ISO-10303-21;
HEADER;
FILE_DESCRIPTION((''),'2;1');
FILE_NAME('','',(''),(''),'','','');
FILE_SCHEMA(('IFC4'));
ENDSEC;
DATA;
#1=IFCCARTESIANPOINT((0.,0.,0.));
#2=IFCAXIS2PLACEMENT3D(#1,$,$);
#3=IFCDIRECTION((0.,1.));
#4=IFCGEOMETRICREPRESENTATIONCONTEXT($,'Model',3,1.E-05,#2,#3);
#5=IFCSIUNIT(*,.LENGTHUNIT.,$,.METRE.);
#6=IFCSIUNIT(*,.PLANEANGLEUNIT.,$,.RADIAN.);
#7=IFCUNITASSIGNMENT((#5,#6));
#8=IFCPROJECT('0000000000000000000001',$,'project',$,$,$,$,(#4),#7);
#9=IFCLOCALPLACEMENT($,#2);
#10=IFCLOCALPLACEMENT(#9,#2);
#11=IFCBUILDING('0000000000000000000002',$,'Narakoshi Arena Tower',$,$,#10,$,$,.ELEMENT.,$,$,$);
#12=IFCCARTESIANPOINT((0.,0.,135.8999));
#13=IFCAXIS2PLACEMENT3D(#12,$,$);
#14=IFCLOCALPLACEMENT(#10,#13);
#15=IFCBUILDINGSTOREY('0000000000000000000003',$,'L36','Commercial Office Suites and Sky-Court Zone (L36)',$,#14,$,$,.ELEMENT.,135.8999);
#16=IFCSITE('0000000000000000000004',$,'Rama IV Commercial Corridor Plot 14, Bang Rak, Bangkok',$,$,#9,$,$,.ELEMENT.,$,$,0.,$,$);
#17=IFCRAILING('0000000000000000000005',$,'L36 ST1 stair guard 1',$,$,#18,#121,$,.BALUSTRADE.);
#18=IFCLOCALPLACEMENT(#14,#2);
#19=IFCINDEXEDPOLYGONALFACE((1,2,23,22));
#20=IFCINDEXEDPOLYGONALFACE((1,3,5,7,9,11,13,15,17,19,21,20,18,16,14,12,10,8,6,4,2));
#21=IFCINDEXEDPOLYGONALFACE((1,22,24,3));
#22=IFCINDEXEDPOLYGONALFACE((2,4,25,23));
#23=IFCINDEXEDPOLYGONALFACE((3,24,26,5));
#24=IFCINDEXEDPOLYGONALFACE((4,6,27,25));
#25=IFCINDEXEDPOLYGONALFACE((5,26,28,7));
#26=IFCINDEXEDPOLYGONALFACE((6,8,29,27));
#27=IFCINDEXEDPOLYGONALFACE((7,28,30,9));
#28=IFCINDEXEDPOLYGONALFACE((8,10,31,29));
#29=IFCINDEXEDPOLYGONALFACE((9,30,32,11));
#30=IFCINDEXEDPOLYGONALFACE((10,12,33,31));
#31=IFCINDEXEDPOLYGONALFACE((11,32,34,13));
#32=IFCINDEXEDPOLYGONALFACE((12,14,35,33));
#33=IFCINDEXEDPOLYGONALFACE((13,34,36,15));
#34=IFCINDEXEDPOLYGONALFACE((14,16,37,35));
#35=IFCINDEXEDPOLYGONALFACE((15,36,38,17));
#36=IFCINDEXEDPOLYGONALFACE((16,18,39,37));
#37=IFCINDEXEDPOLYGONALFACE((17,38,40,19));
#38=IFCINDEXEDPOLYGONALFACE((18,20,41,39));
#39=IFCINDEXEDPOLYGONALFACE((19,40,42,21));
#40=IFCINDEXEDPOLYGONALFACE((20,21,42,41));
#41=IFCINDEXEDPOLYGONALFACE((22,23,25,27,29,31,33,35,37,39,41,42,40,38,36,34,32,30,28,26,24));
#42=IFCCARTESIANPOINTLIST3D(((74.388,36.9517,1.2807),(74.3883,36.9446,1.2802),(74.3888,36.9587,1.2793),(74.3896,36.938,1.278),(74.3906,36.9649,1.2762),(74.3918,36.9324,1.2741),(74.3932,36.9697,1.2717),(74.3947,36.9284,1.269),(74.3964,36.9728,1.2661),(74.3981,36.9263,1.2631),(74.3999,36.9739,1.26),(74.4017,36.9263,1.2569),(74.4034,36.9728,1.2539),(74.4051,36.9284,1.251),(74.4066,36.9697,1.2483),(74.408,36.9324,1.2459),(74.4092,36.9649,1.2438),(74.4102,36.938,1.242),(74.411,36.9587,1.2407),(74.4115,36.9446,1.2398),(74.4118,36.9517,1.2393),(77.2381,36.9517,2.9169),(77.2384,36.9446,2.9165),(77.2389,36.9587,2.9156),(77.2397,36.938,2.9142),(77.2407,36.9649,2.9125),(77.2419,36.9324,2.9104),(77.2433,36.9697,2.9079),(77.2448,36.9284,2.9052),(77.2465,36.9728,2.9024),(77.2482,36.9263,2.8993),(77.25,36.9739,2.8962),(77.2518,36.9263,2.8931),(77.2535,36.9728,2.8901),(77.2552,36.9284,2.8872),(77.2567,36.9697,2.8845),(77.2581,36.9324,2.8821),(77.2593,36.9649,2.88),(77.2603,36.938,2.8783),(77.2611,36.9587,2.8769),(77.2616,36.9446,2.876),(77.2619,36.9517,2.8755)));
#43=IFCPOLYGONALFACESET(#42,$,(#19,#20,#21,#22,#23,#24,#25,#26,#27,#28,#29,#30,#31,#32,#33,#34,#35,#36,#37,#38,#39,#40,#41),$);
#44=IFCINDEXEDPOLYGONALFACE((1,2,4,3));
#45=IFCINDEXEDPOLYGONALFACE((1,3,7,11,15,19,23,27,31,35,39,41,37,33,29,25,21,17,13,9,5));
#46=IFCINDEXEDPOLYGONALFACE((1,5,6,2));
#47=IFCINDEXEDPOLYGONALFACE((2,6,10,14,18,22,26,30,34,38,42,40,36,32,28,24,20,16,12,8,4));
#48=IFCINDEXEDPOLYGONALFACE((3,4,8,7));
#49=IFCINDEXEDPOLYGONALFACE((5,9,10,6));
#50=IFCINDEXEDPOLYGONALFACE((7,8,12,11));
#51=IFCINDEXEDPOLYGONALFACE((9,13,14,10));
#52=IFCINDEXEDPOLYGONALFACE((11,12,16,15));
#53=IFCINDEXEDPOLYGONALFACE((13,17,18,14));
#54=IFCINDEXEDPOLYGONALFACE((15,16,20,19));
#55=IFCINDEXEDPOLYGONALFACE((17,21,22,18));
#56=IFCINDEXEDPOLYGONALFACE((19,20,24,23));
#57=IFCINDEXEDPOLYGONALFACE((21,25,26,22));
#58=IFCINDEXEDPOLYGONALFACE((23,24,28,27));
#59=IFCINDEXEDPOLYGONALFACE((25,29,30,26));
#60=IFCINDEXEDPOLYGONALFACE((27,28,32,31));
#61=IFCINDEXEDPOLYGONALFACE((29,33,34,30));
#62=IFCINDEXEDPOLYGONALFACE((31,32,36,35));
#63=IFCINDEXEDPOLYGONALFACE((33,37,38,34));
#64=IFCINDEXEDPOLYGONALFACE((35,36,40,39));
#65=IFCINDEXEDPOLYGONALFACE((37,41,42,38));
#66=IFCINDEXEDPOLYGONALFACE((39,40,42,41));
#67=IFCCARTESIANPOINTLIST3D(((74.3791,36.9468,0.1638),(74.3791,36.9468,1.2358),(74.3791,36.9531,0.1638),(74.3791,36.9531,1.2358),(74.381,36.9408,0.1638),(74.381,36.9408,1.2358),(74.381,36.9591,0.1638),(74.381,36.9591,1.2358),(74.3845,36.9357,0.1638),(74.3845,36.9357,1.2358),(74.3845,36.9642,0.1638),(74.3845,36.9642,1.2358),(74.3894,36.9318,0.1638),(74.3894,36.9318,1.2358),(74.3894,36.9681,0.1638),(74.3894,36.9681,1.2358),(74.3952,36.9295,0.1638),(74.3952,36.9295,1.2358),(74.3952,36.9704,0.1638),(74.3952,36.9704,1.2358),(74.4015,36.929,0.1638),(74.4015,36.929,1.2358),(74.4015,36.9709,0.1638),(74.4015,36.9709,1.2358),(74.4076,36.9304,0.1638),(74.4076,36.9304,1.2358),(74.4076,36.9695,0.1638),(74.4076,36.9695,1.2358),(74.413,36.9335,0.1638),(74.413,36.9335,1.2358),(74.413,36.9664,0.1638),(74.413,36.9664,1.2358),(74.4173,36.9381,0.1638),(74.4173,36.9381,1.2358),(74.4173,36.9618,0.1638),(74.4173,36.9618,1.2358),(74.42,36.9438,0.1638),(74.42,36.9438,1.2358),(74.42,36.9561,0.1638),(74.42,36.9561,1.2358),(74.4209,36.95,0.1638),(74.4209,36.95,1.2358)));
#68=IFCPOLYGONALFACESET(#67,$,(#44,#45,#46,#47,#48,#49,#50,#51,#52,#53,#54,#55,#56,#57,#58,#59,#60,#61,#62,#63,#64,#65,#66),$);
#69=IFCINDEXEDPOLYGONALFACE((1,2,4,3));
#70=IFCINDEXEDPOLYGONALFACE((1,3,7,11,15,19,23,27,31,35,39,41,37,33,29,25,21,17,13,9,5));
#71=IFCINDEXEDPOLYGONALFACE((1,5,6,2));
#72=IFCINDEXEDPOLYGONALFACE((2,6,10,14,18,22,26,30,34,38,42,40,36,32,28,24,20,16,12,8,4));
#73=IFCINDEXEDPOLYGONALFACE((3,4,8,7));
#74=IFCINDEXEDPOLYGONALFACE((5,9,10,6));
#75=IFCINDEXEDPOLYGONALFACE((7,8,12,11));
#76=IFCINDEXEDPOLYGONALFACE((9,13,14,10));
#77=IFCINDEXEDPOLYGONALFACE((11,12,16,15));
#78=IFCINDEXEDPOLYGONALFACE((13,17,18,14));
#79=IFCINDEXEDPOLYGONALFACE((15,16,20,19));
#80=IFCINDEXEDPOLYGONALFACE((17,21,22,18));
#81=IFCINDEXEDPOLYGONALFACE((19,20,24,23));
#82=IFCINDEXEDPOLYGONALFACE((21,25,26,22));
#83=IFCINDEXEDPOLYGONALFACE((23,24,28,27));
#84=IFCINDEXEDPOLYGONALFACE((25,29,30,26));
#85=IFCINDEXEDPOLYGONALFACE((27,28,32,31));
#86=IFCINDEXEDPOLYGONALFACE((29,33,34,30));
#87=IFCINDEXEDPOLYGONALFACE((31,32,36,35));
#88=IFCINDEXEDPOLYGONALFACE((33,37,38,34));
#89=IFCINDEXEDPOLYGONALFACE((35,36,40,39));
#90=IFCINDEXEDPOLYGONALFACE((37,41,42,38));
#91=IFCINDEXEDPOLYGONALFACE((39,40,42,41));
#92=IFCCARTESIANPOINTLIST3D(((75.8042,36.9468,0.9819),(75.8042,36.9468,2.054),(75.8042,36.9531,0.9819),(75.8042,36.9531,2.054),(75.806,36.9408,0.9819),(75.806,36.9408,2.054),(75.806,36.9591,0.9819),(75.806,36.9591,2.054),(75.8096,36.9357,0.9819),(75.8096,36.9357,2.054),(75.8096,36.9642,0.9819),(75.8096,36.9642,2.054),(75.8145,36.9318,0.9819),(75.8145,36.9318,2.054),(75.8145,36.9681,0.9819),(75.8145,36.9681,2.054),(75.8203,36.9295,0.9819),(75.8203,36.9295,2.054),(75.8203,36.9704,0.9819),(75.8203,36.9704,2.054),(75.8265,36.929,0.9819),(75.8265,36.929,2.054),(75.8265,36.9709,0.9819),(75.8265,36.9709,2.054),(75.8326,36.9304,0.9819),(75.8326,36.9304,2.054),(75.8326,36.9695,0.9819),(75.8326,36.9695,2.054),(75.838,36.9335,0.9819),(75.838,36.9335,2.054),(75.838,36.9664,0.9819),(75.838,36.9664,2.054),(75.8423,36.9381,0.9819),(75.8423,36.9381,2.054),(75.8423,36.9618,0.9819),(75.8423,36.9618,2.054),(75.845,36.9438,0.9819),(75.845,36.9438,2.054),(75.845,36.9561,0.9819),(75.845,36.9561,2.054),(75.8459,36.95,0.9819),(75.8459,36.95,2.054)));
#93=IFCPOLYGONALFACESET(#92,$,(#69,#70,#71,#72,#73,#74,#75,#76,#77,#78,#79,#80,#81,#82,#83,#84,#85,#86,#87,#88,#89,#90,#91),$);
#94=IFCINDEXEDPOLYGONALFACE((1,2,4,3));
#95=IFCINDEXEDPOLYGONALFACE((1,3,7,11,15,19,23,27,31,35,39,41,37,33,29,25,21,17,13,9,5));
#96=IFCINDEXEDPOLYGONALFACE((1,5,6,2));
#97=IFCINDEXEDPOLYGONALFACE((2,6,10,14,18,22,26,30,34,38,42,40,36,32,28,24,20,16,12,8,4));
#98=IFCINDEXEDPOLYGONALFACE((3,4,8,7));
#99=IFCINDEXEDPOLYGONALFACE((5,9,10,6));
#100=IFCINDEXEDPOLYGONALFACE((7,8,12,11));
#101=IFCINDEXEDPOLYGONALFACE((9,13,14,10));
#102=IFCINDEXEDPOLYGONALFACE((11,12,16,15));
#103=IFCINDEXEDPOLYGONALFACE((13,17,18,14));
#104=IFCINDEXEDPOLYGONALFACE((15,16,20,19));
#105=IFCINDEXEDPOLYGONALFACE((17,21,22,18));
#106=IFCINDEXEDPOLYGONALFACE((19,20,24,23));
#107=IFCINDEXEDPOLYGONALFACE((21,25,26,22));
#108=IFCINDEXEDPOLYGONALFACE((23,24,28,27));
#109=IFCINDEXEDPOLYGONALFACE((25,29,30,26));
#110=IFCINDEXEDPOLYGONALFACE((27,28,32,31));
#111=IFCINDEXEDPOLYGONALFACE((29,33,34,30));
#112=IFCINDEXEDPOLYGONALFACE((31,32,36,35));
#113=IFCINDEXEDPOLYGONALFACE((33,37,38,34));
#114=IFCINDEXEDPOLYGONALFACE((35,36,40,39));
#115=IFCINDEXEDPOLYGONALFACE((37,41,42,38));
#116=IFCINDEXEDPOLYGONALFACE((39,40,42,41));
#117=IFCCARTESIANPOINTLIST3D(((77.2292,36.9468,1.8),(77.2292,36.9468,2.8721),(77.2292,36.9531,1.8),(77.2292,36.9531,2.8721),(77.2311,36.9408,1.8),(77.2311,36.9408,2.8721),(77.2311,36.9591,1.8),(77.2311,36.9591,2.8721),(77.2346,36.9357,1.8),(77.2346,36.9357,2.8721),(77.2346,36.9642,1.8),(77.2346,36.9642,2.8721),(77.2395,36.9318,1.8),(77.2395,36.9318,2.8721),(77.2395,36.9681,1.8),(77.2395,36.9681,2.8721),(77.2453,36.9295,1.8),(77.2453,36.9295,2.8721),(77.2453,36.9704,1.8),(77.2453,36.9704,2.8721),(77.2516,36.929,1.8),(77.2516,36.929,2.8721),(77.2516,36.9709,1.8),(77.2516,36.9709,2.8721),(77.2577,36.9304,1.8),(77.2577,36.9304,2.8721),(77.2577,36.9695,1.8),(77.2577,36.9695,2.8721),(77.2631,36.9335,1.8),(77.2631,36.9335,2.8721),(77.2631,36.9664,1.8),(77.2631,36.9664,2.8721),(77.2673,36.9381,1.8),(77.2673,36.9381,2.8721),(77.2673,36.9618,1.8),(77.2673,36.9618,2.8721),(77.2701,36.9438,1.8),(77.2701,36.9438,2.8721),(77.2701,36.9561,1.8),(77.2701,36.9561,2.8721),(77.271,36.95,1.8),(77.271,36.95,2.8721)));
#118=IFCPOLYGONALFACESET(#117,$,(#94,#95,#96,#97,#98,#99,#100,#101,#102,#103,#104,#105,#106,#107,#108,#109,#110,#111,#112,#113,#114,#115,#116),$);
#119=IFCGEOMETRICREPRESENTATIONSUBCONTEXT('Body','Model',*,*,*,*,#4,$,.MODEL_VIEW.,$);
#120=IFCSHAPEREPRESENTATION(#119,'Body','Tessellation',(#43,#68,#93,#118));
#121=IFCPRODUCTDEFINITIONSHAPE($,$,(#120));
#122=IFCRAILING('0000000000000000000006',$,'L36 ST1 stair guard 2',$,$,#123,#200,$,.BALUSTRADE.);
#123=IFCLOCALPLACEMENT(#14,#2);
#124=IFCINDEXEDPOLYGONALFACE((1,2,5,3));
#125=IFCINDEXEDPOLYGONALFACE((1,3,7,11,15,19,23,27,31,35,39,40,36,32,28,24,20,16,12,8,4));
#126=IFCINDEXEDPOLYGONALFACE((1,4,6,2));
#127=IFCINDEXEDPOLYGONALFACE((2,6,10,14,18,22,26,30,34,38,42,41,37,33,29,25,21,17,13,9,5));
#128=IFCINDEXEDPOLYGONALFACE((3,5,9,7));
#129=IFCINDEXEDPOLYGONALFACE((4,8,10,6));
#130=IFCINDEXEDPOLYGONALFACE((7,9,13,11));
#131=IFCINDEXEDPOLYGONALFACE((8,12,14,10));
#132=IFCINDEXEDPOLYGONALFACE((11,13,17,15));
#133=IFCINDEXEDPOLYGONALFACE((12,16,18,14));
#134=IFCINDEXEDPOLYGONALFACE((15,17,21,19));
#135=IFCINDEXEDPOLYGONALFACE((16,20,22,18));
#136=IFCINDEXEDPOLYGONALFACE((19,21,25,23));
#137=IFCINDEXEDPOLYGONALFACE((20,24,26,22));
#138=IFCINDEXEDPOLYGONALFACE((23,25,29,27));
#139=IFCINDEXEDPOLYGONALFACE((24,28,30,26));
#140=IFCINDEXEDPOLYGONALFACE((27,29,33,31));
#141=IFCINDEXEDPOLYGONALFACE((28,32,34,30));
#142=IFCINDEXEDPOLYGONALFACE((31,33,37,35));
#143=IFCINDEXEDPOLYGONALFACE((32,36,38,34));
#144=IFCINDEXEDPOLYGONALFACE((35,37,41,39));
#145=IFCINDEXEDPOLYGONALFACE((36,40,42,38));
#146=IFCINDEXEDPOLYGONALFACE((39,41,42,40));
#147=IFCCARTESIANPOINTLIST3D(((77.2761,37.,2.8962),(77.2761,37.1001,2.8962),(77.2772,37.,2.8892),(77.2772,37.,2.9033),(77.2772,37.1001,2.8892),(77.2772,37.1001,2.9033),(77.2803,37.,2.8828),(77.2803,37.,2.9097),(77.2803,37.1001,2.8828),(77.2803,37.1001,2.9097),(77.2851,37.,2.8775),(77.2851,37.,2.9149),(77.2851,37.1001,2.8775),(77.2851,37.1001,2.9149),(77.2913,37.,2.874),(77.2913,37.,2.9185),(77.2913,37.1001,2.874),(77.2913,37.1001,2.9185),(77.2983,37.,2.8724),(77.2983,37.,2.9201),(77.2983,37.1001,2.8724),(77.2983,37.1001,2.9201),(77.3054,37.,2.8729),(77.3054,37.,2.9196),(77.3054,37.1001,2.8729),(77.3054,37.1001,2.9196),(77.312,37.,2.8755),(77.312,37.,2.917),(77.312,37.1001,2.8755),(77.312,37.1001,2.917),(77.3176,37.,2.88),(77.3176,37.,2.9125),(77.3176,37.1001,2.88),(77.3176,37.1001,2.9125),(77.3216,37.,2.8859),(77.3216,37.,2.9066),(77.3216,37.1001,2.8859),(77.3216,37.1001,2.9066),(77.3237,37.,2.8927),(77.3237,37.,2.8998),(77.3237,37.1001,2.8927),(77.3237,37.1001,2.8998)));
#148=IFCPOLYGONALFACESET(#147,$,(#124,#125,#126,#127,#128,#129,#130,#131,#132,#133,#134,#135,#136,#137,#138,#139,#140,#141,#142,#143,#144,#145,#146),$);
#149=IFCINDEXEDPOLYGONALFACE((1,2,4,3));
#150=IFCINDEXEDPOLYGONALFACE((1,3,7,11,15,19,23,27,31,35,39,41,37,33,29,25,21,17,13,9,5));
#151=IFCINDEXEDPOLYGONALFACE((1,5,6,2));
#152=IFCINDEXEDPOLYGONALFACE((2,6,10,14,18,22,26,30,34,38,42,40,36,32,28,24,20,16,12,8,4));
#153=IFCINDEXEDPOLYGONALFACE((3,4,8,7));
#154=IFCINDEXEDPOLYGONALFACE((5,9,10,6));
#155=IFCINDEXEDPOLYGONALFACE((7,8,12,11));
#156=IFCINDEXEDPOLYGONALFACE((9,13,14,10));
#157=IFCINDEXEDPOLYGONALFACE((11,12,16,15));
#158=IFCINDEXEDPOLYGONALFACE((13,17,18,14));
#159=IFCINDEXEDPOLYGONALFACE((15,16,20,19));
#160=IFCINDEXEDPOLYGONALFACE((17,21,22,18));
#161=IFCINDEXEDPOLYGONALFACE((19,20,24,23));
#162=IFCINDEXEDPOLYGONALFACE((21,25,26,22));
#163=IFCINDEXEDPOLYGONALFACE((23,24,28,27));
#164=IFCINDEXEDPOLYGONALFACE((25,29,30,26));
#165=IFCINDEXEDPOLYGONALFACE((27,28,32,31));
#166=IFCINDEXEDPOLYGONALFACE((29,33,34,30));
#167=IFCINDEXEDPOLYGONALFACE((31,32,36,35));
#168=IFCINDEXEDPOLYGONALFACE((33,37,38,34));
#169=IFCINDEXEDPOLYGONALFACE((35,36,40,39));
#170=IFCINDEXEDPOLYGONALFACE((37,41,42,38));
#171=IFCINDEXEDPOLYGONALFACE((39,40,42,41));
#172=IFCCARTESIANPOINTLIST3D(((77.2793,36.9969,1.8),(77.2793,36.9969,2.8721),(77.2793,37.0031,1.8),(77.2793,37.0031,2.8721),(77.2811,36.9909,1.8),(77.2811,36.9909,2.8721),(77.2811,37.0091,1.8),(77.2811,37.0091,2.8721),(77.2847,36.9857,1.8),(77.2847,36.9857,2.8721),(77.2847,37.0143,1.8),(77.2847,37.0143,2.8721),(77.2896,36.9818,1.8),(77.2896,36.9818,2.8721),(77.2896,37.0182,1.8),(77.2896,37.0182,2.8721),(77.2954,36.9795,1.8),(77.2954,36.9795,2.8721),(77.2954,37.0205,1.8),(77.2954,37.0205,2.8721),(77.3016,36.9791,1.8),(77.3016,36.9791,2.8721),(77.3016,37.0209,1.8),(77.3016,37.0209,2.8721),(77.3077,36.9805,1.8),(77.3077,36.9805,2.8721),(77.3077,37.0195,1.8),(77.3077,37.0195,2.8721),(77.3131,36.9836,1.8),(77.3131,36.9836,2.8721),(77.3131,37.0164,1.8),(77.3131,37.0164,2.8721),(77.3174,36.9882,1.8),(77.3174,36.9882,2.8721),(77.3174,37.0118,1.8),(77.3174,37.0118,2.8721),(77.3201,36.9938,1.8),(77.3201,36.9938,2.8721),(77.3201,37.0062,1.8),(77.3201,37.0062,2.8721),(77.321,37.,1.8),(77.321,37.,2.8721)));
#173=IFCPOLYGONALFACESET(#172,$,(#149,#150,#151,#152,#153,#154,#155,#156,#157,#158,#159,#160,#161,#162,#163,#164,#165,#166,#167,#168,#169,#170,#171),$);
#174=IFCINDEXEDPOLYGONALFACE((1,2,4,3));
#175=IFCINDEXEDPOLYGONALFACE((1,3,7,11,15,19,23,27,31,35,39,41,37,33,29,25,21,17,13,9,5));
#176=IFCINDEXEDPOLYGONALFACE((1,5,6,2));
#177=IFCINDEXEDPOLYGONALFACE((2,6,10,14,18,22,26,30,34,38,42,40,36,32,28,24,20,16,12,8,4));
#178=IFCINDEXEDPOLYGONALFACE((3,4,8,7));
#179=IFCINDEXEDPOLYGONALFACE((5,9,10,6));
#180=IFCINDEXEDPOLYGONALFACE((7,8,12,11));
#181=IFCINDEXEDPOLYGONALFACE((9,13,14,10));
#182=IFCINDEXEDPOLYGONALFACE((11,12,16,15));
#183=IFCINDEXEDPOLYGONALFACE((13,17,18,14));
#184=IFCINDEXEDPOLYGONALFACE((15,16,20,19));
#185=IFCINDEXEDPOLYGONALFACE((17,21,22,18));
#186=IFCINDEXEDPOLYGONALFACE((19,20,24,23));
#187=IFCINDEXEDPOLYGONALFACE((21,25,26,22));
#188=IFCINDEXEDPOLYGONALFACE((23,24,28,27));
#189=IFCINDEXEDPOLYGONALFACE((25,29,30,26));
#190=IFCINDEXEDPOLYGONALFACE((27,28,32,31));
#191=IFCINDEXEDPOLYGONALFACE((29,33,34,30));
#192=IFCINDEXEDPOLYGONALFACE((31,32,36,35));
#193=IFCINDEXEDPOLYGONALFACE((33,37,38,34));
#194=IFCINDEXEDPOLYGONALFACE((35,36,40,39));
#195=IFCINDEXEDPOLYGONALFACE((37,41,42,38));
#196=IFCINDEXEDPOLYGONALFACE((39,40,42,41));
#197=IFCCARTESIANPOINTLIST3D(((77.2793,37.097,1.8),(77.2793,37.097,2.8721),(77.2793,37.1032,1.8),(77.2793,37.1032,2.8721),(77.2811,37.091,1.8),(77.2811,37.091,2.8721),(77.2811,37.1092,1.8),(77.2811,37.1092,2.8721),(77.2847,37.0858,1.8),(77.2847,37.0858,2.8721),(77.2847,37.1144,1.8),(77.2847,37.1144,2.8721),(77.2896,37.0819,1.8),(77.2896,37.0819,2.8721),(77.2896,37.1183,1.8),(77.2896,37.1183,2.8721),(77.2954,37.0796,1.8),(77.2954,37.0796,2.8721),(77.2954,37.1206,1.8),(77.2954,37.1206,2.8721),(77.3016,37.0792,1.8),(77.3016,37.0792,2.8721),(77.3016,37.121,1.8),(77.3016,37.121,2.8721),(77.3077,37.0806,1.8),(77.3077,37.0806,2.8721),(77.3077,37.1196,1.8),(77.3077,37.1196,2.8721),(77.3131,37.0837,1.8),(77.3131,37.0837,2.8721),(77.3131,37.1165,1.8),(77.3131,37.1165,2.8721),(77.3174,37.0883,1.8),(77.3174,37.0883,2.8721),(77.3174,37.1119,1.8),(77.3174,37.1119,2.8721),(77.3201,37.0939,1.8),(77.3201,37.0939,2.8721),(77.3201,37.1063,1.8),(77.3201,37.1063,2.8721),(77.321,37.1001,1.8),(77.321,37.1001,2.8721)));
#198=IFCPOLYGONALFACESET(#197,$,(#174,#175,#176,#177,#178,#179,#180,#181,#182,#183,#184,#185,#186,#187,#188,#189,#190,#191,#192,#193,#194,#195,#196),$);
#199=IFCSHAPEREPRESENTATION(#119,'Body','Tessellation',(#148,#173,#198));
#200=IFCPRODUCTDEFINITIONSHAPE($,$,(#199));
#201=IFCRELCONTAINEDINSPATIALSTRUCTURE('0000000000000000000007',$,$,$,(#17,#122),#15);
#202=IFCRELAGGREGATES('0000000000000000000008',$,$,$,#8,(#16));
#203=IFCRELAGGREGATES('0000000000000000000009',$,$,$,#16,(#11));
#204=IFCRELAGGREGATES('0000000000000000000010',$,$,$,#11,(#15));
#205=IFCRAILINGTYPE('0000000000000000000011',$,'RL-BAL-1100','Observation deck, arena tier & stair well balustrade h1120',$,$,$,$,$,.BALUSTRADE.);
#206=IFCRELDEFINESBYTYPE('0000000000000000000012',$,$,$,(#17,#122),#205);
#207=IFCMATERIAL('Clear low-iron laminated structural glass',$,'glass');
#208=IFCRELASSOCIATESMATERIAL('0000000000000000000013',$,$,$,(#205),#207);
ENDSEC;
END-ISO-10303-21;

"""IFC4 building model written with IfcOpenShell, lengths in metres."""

from ifc_helpers import new_model, si_unit, direction, frame, origin, origin_2d, place, context, subcontext, project, spatial, circle, extrude, material, type_object, element, save


model = new_model("IFC4")

# Units and contexts
model_context = context("Model", 3, precision=1e-05, world=origin(), true_north=direction((0.0, 1.0)))
body_context = subcontext(model_context, "Body", "Model", "MODEL_VIEW")
ifc_project = project(units=[si_unit("LENGTHUNIT", "METRE"), si_unit("PLANEANGLEUNIT", "RADIAN")], contexts=[model_context])

# Site, building, storey
site_placement = place(None, origin())
site = spatial("IfcSite", under=ifc_project, at=site_placement, Name="Rama IV Commercial Corridor Plot 14, Bang Rak, Bangkok", CompositionType="ELEMENT", RefElevation=0.0)
building_placement = place(site_placement, origin())
building = spatial("IfcBuilding", under=site, at=building_placement, Name="Narakoshi Arena Tower", CompositionType="ELEMENT")
storey_placement = place(building_placement, frame((0.0, 0.0, 135.8999)))
storey = spatial("IfcBuildingStorey", under=building, at=storey_placement, Name="L36", Description="Commercial Office Suites and Sky-Court Zone (L36)", CompositionType="ELEMENT", Elevation=135.8999)

# Railings
ifc_material_1 = material(Name="Clear low-iron laminated structural glass", Category="glass")
railing_type_1 = type_object("IfcRailingType", Name="RL-BAL-1100", Description="Observation deck, arena tier & stair well balustrade h1120", PredefinedType="BALUSTRADE", material=ifc_material_1)
railing_1_placement = place(storey_placement, frame((74.3999, 36.95, 0.1638)))
element("IfcRailing", 1, at=railing_1_placement, inside=storey, type_object=railing_type_1, Name="L36 ST1 stair guard 1", PredefinedType="BALUSTRADE", context=body_context, shape_type="SweptSolid", body=[
    extrude(circle(Radius=0.0239, at=origin_2d()), frame((0.0, 0.0, 1.0962), z_axis=(0.867245, 0.0, 0.497882), x_axis=(0.0, 1.0, 0.0)), (0.0, 0.0, 1.0), 3.2864),
    extrude(circle(Radius=0.021, at=origin_2d()), origin(), (0.0, 0.0, 1.0), 1.072),
    extrude(circle(Radius=0.021, at=origin_2d()), frame((1.425, 0.0, 0.8181)), (0.0, 0.0, 1.0), 1.072),
    extrude(circle(Radius=0.021, at=origin_2d()), frame((2.8501, 0.0, 1.6362)), (0.0, 0.0, 1.0), 1.072),
])
railing_2_placement = place(storey_placement, frame((77.3, 37.0, 1.8)))
element("IfcRailing", 2, at=railing_2_placement, inside=storey, type_object=railing_type_1, Name="L36 ST1 stair guard 2", PredefinedType="BALUSTRADE", context=body_context, shape_type="SweptSolid", body=[
    extrude(circle(Radius=0.0239, at=origin_2d()), frame((0.0, 0.0, 1.0962), z_axis=(0.0, 1.0, 0.0), x_axis=(-1.0, 0.0, 0.0)), (0.0, 0.0, 1.0), 0.1001),
    extrude(circle(Radius=0.021, at=origin_2d()), origin(), (0.0, 0.0, 1.0), 1.072),
    extrude(circle(Radius=0.021, at=origin_2d()), frame((0.0, 0.1001, 0.0)), (0.0, 0.0, 1.0), 1.072),
])

save(model, "model.ifc")
